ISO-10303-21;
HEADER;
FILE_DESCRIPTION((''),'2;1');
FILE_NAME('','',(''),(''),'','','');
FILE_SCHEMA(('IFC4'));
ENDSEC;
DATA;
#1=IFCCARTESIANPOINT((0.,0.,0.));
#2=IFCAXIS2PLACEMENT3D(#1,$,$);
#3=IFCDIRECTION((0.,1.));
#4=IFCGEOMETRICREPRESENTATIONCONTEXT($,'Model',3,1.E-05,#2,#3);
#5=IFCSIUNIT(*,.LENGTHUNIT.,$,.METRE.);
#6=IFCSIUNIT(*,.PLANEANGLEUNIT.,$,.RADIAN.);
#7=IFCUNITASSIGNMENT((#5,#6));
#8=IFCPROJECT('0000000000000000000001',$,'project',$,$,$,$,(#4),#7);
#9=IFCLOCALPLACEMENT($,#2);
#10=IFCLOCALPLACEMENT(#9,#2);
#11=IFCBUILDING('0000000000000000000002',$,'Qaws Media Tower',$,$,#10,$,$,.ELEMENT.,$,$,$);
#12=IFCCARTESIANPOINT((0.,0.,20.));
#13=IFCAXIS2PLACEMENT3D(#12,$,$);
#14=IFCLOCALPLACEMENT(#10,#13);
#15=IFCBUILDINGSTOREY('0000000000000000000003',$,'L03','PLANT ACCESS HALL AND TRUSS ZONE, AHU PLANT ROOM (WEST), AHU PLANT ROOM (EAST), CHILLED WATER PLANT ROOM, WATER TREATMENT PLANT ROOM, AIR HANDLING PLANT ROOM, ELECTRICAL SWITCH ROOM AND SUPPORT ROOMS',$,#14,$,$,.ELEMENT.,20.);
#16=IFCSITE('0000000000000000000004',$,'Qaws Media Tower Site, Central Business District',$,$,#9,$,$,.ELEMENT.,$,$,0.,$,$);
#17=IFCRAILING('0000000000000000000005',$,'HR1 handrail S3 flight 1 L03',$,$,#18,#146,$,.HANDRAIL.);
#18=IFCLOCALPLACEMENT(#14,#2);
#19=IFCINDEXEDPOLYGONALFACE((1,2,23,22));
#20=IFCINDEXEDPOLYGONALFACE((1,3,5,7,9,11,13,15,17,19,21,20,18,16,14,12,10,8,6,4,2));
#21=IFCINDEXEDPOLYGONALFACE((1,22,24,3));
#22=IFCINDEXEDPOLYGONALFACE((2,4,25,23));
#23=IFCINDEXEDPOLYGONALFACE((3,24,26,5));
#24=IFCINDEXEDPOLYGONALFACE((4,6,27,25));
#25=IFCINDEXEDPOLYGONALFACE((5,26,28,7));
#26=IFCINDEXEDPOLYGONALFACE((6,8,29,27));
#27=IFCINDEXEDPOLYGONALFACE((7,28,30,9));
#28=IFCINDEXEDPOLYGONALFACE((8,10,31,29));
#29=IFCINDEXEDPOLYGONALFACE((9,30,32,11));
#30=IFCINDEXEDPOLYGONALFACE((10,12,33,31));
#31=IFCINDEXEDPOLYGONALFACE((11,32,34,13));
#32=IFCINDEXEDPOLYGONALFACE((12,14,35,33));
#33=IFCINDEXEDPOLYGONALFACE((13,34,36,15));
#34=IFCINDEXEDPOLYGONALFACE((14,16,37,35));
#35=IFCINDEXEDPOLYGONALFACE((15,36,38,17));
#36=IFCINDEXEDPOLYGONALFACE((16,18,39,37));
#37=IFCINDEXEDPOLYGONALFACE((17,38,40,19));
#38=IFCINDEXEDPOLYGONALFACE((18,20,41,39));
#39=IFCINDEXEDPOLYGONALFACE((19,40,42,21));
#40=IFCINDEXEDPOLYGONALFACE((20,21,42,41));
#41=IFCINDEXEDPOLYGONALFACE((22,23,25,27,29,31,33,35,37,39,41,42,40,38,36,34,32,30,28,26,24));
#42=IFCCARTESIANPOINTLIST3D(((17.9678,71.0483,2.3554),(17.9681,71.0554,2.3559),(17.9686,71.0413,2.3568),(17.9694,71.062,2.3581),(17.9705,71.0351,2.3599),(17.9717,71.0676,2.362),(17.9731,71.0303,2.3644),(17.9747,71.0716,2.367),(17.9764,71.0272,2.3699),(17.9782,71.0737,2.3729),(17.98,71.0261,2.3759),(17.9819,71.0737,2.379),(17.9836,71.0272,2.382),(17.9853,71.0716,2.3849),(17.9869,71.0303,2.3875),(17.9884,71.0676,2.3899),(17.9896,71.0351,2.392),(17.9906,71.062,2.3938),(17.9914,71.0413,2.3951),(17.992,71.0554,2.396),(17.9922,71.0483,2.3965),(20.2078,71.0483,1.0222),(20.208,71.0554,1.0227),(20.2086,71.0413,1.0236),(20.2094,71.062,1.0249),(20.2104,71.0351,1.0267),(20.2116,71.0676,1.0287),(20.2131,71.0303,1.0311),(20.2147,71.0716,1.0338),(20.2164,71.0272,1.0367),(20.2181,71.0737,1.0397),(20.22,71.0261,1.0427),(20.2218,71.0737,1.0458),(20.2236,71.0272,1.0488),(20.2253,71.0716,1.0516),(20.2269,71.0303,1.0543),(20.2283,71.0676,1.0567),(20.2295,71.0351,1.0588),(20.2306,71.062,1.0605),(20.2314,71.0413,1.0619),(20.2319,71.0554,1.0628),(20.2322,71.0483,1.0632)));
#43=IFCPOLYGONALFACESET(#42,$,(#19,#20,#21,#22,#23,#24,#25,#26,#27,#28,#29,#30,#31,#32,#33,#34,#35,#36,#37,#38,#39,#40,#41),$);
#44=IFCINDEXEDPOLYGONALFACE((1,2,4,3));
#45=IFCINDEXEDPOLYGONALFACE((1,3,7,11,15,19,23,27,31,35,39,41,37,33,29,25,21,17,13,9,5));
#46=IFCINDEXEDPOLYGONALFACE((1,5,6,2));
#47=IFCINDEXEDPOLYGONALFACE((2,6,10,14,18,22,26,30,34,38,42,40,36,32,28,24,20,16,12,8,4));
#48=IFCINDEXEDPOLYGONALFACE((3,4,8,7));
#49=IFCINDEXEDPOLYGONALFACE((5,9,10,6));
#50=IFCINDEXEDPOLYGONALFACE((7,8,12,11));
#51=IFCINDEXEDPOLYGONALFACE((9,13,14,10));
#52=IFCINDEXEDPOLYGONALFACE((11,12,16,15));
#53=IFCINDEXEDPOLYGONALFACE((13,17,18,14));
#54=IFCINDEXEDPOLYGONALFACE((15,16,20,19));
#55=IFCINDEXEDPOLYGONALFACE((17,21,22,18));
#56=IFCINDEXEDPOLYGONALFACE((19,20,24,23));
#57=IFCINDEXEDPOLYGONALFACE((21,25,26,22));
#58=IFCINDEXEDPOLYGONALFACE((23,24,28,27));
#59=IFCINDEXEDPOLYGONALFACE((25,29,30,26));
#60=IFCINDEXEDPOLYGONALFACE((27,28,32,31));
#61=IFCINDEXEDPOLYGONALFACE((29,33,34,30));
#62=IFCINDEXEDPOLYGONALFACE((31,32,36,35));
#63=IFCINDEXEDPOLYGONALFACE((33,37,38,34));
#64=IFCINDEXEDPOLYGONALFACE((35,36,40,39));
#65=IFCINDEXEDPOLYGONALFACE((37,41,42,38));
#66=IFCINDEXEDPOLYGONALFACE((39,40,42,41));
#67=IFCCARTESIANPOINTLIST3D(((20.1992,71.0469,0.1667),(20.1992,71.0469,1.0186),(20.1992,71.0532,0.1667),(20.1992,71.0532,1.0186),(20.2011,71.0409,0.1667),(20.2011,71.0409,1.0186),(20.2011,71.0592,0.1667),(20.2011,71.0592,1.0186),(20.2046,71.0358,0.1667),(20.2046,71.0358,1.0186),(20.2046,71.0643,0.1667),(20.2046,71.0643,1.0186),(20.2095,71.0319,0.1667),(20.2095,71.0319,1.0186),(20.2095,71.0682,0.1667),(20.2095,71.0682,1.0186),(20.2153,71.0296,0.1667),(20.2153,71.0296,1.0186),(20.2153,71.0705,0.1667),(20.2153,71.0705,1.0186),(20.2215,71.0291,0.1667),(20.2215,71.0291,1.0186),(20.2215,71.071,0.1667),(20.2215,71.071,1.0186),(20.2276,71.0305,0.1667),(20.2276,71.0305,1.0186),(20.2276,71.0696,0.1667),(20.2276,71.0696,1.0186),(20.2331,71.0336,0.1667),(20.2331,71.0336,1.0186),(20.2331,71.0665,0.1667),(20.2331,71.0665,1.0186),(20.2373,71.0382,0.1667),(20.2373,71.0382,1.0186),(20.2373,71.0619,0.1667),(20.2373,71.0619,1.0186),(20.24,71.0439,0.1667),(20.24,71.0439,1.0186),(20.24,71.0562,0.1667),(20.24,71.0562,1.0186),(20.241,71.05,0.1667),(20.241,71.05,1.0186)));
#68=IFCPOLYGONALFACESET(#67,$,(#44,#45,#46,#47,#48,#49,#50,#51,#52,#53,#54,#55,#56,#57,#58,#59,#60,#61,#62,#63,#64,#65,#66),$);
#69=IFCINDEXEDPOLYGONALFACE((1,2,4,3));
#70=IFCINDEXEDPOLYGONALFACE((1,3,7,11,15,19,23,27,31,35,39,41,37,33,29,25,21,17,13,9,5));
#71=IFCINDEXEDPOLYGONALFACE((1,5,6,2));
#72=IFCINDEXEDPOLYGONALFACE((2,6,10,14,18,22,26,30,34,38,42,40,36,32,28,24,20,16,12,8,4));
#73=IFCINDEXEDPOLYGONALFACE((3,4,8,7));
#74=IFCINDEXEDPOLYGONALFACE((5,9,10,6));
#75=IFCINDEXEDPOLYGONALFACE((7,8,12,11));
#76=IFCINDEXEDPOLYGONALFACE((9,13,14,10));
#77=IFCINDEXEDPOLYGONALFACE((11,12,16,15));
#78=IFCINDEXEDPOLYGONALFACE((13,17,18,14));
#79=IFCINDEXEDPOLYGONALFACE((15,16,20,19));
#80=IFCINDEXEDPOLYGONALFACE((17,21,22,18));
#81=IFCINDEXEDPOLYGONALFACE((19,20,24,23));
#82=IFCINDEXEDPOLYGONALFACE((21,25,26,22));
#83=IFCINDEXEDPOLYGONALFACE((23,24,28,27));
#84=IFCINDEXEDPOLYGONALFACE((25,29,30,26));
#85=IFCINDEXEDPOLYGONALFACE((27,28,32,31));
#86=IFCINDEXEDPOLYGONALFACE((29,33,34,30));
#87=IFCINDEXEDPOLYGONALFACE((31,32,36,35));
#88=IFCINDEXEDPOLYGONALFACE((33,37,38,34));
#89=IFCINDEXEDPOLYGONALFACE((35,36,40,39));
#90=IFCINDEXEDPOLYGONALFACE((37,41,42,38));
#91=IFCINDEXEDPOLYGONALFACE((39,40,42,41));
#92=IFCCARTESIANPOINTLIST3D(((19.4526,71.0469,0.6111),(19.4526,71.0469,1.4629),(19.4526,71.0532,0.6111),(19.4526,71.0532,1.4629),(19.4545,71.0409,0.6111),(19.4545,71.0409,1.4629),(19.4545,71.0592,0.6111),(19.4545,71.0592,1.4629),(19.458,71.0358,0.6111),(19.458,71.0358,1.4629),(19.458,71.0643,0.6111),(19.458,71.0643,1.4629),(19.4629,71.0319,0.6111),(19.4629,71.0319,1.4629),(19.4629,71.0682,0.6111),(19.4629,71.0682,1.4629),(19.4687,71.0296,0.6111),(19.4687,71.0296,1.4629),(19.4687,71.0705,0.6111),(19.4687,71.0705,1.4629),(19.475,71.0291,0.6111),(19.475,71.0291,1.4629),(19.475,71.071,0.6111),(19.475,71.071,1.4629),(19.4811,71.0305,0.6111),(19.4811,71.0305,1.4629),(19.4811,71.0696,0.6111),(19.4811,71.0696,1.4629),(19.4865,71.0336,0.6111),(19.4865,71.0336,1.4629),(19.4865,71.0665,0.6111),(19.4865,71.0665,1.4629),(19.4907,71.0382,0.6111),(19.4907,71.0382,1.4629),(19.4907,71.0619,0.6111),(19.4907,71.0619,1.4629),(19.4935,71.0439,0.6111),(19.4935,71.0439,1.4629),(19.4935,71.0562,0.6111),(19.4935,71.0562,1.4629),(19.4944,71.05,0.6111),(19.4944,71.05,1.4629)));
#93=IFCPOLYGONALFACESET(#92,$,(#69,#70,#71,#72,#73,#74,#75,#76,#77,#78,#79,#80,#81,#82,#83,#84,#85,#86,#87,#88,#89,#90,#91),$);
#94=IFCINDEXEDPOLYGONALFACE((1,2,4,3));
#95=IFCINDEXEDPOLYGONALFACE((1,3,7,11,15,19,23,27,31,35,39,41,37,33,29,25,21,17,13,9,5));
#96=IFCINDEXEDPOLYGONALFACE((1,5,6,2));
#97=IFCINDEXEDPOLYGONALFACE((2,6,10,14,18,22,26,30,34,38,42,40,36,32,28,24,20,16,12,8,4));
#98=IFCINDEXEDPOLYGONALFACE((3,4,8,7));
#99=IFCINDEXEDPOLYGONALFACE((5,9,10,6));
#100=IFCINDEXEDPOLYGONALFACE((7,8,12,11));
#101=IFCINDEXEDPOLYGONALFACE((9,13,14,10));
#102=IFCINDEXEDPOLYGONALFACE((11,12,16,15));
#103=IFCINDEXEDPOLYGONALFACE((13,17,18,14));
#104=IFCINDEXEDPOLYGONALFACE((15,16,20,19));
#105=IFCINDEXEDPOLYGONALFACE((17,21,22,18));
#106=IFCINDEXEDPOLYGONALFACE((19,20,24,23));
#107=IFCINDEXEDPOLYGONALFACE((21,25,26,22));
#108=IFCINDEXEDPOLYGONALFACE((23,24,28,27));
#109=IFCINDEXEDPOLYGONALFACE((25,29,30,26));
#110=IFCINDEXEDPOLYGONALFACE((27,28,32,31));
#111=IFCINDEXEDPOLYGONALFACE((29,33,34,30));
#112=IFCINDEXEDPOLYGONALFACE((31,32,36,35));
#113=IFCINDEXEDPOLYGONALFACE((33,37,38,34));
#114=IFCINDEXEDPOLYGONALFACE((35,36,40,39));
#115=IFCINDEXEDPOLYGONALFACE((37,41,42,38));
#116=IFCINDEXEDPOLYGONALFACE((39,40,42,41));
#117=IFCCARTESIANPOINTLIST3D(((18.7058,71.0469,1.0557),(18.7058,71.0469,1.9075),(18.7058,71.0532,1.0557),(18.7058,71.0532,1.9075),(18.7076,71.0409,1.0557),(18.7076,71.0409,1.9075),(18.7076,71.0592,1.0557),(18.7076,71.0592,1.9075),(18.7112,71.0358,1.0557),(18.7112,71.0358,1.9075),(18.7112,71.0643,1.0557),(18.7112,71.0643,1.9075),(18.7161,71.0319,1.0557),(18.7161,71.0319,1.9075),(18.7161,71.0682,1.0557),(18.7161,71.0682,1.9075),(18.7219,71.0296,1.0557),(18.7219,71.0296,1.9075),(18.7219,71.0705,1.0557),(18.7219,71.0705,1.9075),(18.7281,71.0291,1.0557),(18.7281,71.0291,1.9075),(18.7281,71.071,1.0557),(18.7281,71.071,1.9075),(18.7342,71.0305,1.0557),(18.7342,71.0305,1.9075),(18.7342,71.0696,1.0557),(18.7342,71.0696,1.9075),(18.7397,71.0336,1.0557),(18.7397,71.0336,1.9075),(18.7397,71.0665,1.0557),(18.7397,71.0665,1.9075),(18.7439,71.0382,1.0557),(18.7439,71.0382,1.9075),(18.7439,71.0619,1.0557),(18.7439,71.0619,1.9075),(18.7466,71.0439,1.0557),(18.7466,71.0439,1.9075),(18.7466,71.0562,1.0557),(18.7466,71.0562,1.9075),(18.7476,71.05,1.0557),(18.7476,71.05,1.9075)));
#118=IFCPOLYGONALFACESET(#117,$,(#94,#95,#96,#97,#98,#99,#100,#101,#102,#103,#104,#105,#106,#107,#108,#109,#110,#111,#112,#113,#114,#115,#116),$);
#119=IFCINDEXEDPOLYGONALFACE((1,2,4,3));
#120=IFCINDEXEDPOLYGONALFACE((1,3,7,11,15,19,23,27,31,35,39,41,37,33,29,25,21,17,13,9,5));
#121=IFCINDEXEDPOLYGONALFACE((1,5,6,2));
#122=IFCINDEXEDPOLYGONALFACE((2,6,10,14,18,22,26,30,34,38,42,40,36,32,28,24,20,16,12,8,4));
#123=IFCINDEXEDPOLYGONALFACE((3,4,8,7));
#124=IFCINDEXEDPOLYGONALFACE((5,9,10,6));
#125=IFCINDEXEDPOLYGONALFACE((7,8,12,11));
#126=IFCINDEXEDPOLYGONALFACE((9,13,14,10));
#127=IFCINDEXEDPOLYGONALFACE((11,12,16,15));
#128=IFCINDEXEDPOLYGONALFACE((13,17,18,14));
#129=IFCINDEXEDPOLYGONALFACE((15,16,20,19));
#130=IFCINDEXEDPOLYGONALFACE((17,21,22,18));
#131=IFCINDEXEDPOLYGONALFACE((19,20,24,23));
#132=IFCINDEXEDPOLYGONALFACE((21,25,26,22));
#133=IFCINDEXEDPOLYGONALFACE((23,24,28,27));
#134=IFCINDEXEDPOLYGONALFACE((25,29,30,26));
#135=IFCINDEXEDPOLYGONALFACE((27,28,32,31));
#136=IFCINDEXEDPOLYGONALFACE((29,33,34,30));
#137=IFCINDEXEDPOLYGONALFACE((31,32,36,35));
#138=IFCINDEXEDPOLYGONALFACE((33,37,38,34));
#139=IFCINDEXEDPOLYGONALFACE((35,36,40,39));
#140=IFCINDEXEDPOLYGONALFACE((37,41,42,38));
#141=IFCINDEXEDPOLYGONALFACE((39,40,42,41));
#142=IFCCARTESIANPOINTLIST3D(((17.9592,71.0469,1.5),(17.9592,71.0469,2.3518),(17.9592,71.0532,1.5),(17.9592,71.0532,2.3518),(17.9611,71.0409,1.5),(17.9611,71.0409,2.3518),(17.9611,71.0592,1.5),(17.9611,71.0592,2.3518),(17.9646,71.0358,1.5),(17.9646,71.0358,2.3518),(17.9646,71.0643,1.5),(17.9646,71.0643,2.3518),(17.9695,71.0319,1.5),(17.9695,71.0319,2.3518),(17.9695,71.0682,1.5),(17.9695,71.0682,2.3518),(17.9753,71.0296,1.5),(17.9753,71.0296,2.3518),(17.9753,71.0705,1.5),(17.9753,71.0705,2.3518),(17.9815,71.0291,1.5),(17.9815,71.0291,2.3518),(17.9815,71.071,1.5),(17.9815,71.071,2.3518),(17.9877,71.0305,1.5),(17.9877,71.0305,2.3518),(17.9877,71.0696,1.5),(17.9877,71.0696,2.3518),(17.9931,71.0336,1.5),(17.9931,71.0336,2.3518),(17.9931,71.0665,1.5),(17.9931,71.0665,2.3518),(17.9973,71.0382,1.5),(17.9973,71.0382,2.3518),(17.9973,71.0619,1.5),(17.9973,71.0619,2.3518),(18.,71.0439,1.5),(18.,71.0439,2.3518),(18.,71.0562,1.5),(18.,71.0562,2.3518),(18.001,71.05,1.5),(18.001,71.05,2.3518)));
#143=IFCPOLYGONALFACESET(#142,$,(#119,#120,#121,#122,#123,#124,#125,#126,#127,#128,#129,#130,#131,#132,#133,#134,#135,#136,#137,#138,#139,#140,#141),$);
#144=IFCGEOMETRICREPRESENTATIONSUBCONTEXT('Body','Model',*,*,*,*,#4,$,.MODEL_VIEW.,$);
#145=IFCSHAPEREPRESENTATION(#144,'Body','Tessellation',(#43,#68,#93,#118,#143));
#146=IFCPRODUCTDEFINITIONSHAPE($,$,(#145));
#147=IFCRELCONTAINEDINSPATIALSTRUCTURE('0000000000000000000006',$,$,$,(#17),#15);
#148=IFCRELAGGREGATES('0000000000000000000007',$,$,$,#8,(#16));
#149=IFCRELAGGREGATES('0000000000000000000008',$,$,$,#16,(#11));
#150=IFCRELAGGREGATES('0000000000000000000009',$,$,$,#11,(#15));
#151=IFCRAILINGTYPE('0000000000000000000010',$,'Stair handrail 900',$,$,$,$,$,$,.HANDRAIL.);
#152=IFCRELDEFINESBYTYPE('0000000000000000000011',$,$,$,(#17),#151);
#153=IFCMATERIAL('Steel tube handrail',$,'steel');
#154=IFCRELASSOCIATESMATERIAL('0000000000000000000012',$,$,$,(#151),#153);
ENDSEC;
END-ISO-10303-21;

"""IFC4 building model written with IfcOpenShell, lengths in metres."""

from ifc_helpers import new_model, si_unit, direction, frame, origin, origin_2d, place, context, subcontext, project, spatial, circle, extrude, material, type_object, element, save


model = new_model("IFC4")

# Units and contexts
model_context = context("Model", 3, precision=1e-05, world=origin(), true_north=direction((0.0, 1.0)))
body_context = subcontext(model_context, "Body", "Model", "MODEL_VIEW")
ifc_project = project(units=[si_unit("LENGTHUNIT", "METRE"), si_unit("PLANEANGLEUNIT", "RADIAN")], contexts=[model_context])

# Site, building, storey
site_placement = place(None, origin())
site = spatial("IfcSite", under=ifc_project, at=site_placement, Name="Qaws Media Tower Site, Central Business District", CompositionType="ELEMENT", RefElevation=0.0)
building_placement = place(site_placement, origin())
building = spatial("IfcBuilding", under=site, at=building_placement, Name="Qaws Media Tower", CompositionType="ELEMENT")
storey_placement = place(building_placement, frame((0.0, 0.0, 20.0)))
storey = spatial("IfcBuildingStorey", under=building, at=storey_placement, Name="L03", Description="PLANT ACCESS HALL AND TRUSS ZONE, AHU PLANT ROOM (WEST), AHU PLANT ROOM (EAST), CHILLED WATER PLANT ROOM, WATER TREATMENT PLANT ROOM, AIR HANDLING PLANT ROOM, ELECTRICAL SWITCH ROOM AND SUPPORT ROOMS", CompositionType="ELEMENT", Elevation=20.0)

# Railing
ifc_material_1 = material(Name="Steel tube handrail", Category="steel")
railing_type_1 = type_object("IfcRailingType", Name="Stair handrail 900", PredefinedType="HANDRAIL", material=ifc_material_1)
railing_1_placement = place(storey_placement, frame((20.22, 71.05, 0.1667)))
element("IfcRailing", 1, at=railing_1_placement, inside=storey, type_object=railing_type_1, Name="HR1 handrail S3 flight 1 L03", PredefinedType="HANDRAIL", context=body_context, shape_type="SweptSolid", body=[
    extrude(circle(Radius=0.0239, at=origin_2d()), frame((0.0, 0.0, 0.876), z_axis=(-0.859306, 0.0, 0.511462), x_axis=(0.0, -1.0, 0.0)), (0.0, 0.0, 1.0), 2.6067),
    extrude(circle(Radius=0.021, at=origin_2d()), origin(), (0.0, 0.0, 1.0), 0.8518),
    extrude(circle(Radius=0.021, at=origin_2d()), frame((-0.7466, 0.0, 0.4443)), (0.0, 0.0, 1.0), 0.8518),
    extrude(circle(Radius=0.021, at=origin_2d()), frame((-1.4934, 0.0, 0.8889)), (0.0, 0.0, 1.0), 0.8518),
    extrude(circle(Radius=0.021, at=origin_2d()), frame((-2.24, 0.0, 1.3333)), (0.0, 0.0, 1.0), 0.8518),
])

save(model, "model.ifc")
